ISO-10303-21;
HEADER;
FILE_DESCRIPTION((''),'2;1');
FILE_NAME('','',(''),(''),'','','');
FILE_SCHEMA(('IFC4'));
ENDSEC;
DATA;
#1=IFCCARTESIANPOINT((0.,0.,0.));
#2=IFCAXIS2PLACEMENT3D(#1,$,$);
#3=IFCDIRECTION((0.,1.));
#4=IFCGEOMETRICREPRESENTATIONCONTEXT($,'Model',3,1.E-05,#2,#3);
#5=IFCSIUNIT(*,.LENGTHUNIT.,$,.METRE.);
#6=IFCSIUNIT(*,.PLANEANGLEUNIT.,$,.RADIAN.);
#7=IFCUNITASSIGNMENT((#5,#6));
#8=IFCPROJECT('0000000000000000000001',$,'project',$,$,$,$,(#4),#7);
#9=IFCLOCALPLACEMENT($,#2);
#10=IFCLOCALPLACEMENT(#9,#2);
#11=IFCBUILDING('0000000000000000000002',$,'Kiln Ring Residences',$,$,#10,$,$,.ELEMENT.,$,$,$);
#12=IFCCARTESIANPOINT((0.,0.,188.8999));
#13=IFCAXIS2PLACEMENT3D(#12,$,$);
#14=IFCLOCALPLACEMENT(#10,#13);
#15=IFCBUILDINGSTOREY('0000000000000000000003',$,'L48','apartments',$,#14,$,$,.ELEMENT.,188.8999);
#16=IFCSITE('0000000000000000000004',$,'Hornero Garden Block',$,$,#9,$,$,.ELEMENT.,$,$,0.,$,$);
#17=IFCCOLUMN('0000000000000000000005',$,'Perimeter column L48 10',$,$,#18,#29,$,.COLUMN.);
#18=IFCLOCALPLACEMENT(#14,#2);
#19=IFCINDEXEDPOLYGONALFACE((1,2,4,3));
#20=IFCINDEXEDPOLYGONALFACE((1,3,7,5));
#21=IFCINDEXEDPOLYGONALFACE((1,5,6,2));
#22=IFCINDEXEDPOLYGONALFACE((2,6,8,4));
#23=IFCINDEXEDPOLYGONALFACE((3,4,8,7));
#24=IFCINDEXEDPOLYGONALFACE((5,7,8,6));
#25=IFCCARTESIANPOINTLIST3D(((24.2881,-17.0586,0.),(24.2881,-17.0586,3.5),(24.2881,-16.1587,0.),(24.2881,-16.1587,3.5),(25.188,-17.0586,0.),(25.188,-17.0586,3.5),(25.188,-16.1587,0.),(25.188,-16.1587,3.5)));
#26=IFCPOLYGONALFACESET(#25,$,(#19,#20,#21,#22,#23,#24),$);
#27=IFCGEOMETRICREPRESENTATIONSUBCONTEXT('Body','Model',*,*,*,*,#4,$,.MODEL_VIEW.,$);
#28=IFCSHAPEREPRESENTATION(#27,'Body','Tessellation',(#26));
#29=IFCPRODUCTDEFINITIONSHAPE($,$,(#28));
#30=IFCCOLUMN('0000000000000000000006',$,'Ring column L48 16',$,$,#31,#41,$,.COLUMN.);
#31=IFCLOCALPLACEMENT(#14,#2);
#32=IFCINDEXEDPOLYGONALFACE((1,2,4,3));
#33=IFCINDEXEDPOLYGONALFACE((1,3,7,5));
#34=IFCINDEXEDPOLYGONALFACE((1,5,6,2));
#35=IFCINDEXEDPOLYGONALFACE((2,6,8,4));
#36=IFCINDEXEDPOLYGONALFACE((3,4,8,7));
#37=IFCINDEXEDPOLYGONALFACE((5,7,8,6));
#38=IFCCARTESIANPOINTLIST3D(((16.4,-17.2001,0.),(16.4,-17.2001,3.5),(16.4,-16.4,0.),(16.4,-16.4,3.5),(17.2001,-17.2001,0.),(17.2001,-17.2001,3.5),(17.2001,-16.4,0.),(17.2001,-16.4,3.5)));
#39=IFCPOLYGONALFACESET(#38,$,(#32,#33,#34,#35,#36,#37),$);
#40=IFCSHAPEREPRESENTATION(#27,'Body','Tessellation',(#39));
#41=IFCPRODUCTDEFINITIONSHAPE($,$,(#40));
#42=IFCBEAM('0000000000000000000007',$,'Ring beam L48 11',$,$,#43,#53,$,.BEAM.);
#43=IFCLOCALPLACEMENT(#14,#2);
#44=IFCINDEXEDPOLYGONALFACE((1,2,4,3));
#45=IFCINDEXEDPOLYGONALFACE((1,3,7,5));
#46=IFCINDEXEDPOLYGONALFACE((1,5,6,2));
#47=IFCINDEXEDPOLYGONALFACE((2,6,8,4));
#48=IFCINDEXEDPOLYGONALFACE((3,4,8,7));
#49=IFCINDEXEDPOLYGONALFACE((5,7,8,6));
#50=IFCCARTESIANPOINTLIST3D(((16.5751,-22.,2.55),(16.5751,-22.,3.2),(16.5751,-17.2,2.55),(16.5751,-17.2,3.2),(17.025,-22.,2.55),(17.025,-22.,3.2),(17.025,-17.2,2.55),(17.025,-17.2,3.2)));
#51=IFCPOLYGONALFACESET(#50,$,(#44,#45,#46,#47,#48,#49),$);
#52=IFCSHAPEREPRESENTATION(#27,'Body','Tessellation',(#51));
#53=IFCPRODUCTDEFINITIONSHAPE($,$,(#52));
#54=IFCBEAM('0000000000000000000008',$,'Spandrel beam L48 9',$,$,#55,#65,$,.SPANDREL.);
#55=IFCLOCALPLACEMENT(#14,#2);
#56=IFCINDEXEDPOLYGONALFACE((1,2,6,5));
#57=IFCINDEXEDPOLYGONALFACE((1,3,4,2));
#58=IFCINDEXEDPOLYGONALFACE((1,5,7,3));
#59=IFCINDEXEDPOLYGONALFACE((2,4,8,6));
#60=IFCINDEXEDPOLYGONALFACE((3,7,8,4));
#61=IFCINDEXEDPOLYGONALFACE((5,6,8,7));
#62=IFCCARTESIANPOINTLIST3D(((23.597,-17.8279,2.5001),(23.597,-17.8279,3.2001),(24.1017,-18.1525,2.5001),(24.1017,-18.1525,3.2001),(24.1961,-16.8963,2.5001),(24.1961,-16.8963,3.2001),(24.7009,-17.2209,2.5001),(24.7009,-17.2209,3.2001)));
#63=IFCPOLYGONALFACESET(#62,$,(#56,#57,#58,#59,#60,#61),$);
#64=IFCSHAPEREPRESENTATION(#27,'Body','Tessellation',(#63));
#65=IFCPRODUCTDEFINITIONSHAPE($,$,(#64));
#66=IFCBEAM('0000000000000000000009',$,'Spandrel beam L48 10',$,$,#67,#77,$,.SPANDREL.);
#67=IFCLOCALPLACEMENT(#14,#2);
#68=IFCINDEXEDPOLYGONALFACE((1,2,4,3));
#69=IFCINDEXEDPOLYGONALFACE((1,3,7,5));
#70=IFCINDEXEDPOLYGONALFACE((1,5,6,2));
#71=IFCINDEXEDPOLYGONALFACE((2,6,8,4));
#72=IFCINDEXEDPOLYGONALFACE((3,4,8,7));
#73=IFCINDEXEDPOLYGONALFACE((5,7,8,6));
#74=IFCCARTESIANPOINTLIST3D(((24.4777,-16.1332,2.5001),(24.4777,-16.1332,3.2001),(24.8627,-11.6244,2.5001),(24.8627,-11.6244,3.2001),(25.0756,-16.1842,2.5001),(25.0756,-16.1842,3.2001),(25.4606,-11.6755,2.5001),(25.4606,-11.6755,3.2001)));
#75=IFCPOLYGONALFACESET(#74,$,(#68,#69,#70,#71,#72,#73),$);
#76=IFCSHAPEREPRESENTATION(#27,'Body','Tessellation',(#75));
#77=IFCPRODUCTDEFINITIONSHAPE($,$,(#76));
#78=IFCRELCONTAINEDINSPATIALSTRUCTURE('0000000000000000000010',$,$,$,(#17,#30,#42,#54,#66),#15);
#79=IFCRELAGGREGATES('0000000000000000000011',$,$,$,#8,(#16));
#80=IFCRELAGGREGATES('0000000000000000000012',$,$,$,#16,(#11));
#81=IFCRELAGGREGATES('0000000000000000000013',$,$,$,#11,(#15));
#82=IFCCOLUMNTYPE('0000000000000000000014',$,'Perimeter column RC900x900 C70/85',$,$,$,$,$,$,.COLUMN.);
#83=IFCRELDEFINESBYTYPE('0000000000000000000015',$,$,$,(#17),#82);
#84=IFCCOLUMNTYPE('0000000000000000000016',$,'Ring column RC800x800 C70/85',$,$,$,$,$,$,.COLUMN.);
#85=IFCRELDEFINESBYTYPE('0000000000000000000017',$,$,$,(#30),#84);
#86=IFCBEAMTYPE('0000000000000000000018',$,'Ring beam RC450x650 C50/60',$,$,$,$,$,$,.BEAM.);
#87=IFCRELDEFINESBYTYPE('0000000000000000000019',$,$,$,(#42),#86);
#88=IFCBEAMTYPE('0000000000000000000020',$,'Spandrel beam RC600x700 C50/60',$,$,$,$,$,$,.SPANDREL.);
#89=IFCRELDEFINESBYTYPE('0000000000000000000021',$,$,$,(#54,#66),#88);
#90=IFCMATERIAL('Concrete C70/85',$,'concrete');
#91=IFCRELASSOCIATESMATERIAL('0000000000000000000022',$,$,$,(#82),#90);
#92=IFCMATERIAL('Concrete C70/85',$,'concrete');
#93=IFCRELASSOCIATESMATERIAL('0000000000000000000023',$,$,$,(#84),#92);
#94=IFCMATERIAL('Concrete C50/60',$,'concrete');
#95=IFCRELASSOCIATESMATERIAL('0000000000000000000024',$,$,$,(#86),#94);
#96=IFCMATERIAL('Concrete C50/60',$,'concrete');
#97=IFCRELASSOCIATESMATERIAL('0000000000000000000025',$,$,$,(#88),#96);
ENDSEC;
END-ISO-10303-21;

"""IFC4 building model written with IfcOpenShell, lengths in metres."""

from ifc_helpers import new_model, si_unit, direction, frame, origin, origin_2d, place, context, subcontext, project, spatial, rectangle, extrude, material, material_profile, profile_set, type_object, element, save


model = new_model("IFC4")

# Units and contexts
model_context = context("Model", 3, precision=1e-05, world=origin(), true_north=direction((0.0, 1.0)))
body_context = subcontext(model_context, "Body", "Model", "MODEL_VIEW")
ifc_project = project(units=[si_unit("LENGTHUNIT", "METRE"), si_unit("PLANEANGLEUNIT", "RADIAN")], contexts=[model_context])

# Site, building, storey
site_placement = place(None, origin())
site = spatial("IfcSite", under=ifc_project, at=site_placement, Name="Hornero Garden Block", CompositionType="ELEMENT", RefElevation=0.0)
building_placement = place(site_placement, origin())
building = spatial("IfcBuilding", under=site, at=building_placement, Name="Kiln Ring Residences", CompositionType="ELEMENT")
storey_placement = place(building_placement, frame((0.0, 0.0, 188.8999)))
storey = spatial("IfcBuildingStorey", under=building, at=storey_placement, Name="L48", Description="apartments", CompositionType="ELEMENT", Elevation=188.8999)

# Columns
ifc_material_1 = material(Name="Concrete C70/85", Category="concrete")
ifc_material_profile_1 = material_profile(ifc_material_1, rectangle(XDim=0.8999, YDim=0.8999, at=origin_2d()), Name="RC900x900")
ifc_profile_set_1 = profile_set([ifc_material_profile_1], Name="Concrete C70/85")
column_type_1 = type_object("IfcColumnType", Name="Perimeter column RC900x900 C70/85", PredefinedType="COLUMN", material=ifc_profile_set_1)
column_1_placement = place(storey_placement, frame((24.738, -16.6086, 0.0), z_axis=(0.0, 0.0, 1.0), x_axis=(1.0, 0.0, 0.0)))
element("IfcColumn", 1, at=column_1_placement, inside=storey, type_object=column_type_1, Name="Perimeter column L48 10", PredefinedType="COLUMN", context=body_context, shape_type="SweptSolid", body=[
    extrude(rectangle(XDim=0.8999, YDim=0.8999, at=origin_2d()), origin(), (0.0, 0.0, 1.0), 3.5),
])
ifc_material_2 = material(Name="Concrete C70/85", Category="concrete")
ifc_material_profile_2 = material_profile(ifc_material_2, rectangle(XDim=0.8, YDim=0.8, at=origin_2d()), Name="RC800x800")
ifc_profile_set_2 = profile_set([ifc_material_profile_2], Name="Concrete C70/85")
column_type_2 = type_object("IfcColumnType", Name="Ring column RC800x800 C70/85", PredefinedType="COLUMN", material=ifc_profile_set_2)
column_2_placement = place(storey_placement, frame((16.8, -16.8, 0.0), z_axis=(0.0, 0.0, 1.0), x_axis=(1.0, 0.0, 0.0)))
element("IfcColumn", 2, at=column_2_placement, inside=storey, type_object=column_type_2, Name="Ring column L48 16", PredefinedType="COLUMN", context=body_context, shape_type="SweptSolid", body=[
    extrude(rectangle(XDim=0.8, YDim=0.8, at=origin_2d()), origin(), (0.0, 0.0, 1.0), 3.5),
])

# Beams
ifc_material_3 = material(Name="Concrete C50/60", Category="concrete")
ifc_material_profile_3 = material_profile(ifc_material_3, rectangle(XDim=0.45, YDim=0.6499, at=origin_2d()), Name="RC450x650")
ifc_profile_set_3 = profile_set([ifc_material_profile_3], Name="Concrete C50/60")
beam_type_1 = type_object("IfcBeamType", Name="Ring beam RC450x650 C50/60", PredefinedType="BEAM", material=ifc_profile_set_3)
beam_1_placement = place(storey_placement, frame((16.8, -17.2, 2.875), z_axis=(0.0, -1.0, 0.0), x_axis=(1.0, 0.0, 0.0)))
element("IfcBeam", 3, at=beam_1_placement, inside=storey, type_object=beam_type_1, Name="Ring beam L48 11", PredefinedType="BEAM", context=body_context, shape_type="SweptSolid", body=[
    extrude(rectangle(XDim=0.45, YDim=0.6499, at=origin_2d()), origin(), (0.0, 0.0, 1.0), 4.8),
])
ifc_material_4 = material(Name="Concrete C50/60", Category="concrete")
ifc_material_profile_4 = material_profile(ifc_material_4, rectangle(XDim=0.6001, YDim=0.7, at=origin_2d()), Name="RC600x700")
ifc_profile_set_4 = profile_set([ifc_material_profile_4], Name="Concrete C50/60")
beam_type_2 = type_object("IfcBeamType", Name="Spandrel beam RC600x700 C50/60", PredefinedType="SPANDREL", material=ifc_profile_set_4)
beam_2_placement = place(storey_placement, frame((23.8494, -17.9902, 2.8501), z_axis=(0.540891, 0.841093, 0.0), x_axis=(-0.841093, 0.540891, 0.0)))
element("IfcBeam", 4, at=beam_2_placement, inside=storey, type_object=beam_type_2, Name="Spandrel beam L48 9", PredefinedType="SPANDREL", context=body_context, shape_type="SweptSolid", body=[
    extrude(rectangle(XDim=0.6001, YDim=0.7, at=origin_2d()), origin(), (0.0, 0.0, 1.0), 1.1077),
])
beam_3_placement = place(storey_placement, frame((24.7766, -16.1587, 2.8501), z_axis=(0.085081, 0.996374, 0.0), x_axis=(-0.996374, 0.085081, 0.0)))
element("IfcBeam", 5, at=beam_3_placement, inside=storey, type_object=beam_type_2, Name="Spandrel beam L48 10", PredefinedType="SPANDREL", context=body_context, shape_type="SweptSolid", body=[
    extrude(rectangle(XDim=0.6001, YDim=0.7, at=origin_2d()), origin(), (0.0, 0.0, 1.0), 4.5251),
])

save(model, "model.ifc")
